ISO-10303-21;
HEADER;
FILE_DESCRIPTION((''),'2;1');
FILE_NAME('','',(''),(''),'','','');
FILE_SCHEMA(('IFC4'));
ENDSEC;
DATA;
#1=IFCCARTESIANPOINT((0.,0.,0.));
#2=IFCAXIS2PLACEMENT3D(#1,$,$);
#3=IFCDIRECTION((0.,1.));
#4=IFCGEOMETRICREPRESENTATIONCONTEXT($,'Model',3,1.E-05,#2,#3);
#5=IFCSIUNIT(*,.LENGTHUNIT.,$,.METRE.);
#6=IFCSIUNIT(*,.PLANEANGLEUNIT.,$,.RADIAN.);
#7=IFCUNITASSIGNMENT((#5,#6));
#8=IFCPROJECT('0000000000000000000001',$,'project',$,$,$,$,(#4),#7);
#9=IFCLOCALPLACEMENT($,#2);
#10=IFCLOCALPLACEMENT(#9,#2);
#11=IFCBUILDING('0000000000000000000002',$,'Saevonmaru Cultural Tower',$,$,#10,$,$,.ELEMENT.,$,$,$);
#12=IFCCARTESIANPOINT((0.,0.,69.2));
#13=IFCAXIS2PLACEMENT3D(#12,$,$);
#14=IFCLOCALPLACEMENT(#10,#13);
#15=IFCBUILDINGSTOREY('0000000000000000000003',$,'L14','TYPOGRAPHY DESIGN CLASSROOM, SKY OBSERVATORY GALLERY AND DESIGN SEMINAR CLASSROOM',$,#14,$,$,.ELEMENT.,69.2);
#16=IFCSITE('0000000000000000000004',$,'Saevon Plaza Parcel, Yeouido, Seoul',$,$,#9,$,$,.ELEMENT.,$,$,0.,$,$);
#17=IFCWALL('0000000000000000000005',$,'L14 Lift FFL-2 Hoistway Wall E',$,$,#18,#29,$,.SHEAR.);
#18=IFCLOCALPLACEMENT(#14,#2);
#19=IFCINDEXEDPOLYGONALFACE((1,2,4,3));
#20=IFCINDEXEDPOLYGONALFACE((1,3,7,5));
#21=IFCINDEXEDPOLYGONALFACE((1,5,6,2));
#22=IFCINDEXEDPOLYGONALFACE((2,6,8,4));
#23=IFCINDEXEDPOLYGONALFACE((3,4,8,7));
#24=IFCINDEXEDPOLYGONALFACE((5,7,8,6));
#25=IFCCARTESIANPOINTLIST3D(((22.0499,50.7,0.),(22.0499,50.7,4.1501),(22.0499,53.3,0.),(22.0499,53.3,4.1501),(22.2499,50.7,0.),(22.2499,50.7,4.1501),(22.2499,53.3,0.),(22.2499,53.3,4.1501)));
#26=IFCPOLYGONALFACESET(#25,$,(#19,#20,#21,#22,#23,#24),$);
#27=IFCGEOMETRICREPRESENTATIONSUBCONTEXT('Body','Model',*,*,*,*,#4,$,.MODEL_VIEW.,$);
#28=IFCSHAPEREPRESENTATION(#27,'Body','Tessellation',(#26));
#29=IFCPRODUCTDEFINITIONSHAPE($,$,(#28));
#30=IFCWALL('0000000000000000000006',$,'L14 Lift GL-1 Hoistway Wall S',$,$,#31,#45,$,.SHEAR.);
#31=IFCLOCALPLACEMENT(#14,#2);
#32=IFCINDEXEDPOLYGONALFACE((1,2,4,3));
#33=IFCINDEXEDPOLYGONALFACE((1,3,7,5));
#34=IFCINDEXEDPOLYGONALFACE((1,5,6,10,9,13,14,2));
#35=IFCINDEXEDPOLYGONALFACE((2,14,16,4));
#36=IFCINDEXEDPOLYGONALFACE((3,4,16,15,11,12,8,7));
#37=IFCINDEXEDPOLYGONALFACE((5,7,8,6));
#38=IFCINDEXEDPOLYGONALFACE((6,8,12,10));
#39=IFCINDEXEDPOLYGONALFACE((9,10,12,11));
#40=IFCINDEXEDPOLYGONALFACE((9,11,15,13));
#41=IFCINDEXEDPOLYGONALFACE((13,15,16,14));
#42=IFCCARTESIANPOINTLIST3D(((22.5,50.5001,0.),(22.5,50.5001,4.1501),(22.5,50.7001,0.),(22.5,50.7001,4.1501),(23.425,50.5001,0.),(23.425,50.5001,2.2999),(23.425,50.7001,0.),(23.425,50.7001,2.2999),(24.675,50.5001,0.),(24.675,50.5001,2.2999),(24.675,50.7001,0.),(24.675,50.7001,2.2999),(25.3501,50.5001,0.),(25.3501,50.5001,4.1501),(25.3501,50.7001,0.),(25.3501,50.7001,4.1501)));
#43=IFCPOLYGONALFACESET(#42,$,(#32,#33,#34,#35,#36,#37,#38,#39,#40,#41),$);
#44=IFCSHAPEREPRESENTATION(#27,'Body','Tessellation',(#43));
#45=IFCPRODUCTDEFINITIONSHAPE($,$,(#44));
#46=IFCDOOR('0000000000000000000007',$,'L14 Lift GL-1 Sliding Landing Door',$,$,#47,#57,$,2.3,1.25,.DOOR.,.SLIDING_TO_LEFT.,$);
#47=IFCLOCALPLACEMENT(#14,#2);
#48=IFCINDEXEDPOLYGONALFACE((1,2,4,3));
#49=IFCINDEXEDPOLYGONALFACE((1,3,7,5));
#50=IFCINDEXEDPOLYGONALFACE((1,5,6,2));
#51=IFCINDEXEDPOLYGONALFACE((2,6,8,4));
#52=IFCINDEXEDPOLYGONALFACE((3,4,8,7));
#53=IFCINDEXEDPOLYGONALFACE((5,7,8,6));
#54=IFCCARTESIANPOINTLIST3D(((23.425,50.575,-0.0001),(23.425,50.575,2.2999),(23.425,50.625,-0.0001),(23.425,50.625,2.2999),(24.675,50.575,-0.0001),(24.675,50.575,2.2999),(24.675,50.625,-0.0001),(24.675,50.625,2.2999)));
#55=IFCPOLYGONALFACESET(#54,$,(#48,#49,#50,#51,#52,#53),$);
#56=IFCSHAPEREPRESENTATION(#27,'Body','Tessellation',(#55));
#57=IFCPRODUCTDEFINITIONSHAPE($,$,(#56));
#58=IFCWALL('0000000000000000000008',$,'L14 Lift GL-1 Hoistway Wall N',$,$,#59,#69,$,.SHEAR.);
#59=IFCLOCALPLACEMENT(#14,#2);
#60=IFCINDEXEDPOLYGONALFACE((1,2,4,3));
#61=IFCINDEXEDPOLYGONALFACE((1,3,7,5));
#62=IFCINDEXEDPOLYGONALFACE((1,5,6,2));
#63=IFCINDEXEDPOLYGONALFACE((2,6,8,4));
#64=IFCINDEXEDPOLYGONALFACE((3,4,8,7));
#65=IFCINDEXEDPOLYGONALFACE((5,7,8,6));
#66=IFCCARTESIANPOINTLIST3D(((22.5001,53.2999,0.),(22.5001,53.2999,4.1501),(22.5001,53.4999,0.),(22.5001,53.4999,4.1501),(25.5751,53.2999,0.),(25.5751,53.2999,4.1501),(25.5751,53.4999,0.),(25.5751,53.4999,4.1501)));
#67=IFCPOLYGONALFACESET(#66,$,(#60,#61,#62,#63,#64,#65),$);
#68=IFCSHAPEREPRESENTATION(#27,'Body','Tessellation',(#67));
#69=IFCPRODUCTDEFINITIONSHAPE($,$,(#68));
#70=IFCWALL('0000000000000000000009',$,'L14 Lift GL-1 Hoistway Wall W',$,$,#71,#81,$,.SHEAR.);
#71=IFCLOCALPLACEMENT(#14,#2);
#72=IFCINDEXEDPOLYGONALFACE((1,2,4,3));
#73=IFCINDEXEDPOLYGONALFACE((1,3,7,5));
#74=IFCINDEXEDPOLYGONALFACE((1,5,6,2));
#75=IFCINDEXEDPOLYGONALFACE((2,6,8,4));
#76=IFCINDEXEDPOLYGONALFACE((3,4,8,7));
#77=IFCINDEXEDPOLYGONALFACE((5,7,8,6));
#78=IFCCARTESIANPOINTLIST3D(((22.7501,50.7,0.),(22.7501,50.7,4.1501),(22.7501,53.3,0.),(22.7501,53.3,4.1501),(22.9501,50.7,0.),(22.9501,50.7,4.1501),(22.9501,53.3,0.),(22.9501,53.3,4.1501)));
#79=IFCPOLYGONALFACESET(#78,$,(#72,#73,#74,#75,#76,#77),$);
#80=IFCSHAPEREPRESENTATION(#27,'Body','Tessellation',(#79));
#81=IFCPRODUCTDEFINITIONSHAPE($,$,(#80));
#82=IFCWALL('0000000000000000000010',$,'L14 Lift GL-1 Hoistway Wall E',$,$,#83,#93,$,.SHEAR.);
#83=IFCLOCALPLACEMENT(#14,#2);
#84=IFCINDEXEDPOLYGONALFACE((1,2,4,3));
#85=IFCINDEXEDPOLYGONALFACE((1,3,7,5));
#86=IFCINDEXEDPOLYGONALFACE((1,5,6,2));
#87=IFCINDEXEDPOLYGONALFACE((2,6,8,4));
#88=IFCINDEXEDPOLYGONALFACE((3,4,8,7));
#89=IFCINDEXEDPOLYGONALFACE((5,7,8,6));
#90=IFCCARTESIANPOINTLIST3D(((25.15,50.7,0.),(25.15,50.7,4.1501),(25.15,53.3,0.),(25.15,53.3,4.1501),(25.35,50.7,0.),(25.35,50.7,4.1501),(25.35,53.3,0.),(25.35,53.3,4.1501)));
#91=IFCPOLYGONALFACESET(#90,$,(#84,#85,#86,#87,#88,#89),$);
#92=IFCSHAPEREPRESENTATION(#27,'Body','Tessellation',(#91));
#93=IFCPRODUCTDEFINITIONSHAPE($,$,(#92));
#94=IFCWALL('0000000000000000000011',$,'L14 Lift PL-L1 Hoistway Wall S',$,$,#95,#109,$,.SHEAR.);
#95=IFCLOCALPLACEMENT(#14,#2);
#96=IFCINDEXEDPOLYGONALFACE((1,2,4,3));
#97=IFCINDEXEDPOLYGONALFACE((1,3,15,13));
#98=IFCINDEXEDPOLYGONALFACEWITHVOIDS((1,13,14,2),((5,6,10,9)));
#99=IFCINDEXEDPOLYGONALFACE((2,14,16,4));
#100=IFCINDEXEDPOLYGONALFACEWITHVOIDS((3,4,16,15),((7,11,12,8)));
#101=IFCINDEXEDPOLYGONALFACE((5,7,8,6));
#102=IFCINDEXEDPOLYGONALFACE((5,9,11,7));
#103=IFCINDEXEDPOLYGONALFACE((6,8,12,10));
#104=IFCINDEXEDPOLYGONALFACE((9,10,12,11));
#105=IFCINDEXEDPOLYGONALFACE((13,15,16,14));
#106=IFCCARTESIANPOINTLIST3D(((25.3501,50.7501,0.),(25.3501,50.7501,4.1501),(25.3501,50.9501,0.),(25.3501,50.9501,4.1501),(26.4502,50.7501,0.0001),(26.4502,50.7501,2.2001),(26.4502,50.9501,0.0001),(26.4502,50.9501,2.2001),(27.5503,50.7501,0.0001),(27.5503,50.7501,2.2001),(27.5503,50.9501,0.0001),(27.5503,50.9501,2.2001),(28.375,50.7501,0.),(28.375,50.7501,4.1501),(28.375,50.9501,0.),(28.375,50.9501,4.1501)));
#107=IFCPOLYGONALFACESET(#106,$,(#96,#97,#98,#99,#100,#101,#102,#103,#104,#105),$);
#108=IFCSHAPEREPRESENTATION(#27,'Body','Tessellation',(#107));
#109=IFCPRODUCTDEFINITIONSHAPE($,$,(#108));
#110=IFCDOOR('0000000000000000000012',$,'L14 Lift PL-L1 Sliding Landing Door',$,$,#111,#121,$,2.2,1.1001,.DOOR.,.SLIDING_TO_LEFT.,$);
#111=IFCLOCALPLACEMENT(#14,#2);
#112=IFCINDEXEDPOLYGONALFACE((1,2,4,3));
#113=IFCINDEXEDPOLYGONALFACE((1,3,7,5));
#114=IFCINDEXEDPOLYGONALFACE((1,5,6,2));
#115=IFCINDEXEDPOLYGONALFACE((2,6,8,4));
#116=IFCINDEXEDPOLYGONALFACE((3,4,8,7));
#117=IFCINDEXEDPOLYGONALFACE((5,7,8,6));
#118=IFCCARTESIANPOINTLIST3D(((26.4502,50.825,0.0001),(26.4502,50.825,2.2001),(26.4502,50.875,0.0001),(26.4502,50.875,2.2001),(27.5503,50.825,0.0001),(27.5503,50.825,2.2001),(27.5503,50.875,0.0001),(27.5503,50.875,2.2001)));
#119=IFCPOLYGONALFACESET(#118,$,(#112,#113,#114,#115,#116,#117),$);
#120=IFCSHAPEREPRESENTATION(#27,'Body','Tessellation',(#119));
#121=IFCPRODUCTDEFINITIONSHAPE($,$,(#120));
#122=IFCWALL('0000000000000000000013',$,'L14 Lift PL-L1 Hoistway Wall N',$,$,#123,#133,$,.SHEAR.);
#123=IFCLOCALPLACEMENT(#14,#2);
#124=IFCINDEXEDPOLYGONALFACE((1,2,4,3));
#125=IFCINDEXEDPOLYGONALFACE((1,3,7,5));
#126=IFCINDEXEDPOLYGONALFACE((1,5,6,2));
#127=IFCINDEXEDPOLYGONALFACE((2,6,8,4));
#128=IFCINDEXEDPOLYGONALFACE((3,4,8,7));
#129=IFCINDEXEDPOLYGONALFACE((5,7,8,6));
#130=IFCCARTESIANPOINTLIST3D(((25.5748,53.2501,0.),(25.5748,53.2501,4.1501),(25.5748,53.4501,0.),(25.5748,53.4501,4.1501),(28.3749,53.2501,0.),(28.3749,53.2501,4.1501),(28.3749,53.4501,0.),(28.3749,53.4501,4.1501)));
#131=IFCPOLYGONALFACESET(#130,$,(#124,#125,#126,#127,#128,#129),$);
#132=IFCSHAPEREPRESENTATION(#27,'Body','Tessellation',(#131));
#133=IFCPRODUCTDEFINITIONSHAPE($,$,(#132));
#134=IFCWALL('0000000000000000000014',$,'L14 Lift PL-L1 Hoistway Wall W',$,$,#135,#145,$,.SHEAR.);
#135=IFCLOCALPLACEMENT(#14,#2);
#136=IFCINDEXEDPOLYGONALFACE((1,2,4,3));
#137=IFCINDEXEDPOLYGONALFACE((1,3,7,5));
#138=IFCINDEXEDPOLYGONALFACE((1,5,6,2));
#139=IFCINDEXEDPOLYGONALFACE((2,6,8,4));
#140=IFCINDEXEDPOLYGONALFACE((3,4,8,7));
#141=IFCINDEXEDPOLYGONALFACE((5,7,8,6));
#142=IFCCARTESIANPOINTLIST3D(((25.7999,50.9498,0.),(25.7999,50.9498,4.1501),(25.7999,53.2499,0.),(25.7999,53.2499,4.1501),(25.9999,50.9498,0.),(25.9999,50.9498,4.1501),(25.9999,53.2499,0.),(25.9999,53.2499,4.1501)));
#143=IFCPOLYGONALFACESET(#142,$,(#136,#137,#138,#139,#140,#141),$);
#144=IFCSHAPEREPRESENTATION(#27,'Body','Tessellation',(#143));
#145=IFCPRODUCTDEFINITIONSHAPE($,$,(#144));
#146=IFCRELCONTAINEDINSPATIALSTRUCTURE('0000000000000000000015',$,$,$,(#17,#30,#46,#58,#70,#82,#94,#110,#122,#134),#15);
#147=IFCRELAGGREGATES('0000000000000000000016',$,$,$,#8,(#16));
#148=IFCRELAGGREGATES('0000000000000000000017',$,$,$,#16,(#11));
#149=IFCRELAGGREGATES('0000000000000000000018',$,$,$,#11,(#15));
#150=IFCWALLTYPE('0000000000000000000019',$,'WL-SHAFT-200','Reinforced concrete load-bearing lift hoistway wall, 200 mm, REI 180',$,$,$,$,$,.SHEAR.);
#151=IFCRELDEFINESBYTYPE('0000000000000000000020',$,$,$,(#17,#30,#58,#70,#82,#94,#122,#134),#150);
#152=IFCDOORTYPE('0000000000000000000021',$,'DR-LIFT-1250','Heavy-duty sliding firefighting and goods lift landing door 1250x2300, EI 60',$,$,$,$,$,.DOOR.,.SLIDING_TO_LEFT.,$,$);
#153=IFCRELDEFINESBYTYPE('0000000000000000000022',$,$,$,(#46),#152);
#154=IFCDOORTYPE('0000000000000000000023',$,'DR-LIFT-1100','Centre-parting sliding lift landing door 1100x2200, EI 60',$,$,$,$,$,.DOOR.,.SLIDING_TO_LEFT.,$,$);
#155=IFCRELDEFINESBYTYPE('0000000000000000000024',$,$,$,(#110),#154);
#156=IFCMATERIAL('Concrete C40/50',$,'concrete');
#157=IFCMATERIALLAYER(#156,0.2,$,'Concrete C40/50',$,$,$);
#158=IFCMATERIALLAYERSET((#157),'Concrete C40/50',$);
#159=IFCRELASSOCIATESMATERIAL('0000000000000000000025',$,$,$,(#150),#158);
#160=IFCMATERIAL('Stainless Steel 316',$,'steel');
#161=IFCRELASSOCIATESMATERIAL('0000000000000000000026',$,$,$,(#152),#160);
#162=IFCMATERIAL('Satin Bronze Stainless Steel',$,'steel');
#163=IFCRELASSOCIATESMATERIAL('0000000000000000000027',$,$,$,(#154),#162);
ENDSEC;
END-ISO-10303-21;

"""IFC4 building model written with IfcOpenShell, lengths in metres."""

from ifc_helpers import new_model, si_unit, direction, frame, frame_2d, origin, place, context, subcontext, project, spatial, rectangle, extrude, material, layer, layer_set, type_object, element, fill, save


model = new_model("IFC4")

# Units and contexts
model_context = context("Model", 3, precision=1e-05, world=origin(), true_north=direction((0.0, 1.0)))
body_context = subcontext(model_context, "Body", "Model", "MODEL_VIEW")
ifc_project = project(units=[si_unit("LENGTHUNIT", "METRE"), si_unit("PLANEANGLEUNIT", "RADIAN")], contexts=[model_context])

# Site, building, storey
site_placement = place(None, origin())
site = spatial("IfcSite", under=ifc_project, at=site_placement, Name="Saevon Plaza Parcel, Yeouido, Seoul", CompositionType="ELEMENT", RefElevation=0.0)
building_placement = place(site_placement, origin())
building = spatial("IfcBuilding", under=site, at=building_placement, Name="Saevonmaru Cultural Tower", CompositionType="ELEMENT")
storey_placement = place(building_placement, frame((0.0, 0.0, 69.2)))
storey = spatial("IfcBuildingStorey", under=building, at=storey_placement, Name="L14", Description="TYPOGRAPHY DESIGN CLASSROOM, SKY OBSERVATORY GALLERY AND DESIGN SEMINAR CLASSROOM", CompositionType="ELEMENT", Elevation=69.2)

# Wall
ifc_material_1 = material(Name="Concrete C40/50", Category="concrete")
ifc_layer_1 = layer(ifc_material_1, 0.2, Name="Concrete C40/50")
ifc_layer_set_1 = layer_set([ifc_layer_1], Name="Concrete C40/50")
wall_type_1 = type_object("IfcWallType", Name="WL-SHAFT-200", Description="Reinforced concrete load-bearing lift hoistway wall, 200 mm, REI 180", PredefinedType="SHEAR", material=ifc_layer_set_1)
for number, where, z_axis, x_axis, name in (
    (1, (22.1499, 50.7, 0.0), (0.0, 0.0, 1.0), (0.0, 1.0, 0.0), "L14 Lift FFL-2 Hoistway Wall E"),
):
    element("IfcWall", number, at=place(storey_placement, frame(where, z_axis=z_axis, x_axis=x_axis)), inside=storey, type_object=wall_type_1, Name=name, PredefinedType="SHEAR", context=body_context, shape_type="SweptSolid", body=[
        extrude(rectangle(XDim=2.6001, YDim=0.2, at=frame_2d((1.3, 0.0))), origin(), (0.0, 0.0, 1.0), 4.1501),
    ])

# Wall, opening, door
wall_1_placement = place(storey_placement, frame((22.5, 50.6001, 0.0), z_axis=(0.0, 0.0, 1.0), x_axis=(1.0, 0.0, 0.0)))
wall_1 = element("IfcWall", 2, at=wall_1_placement, inside=storey, type_object=wall_type_1, Name="L14 Lift GL-1 Hoistway Wall S", PredefinedType="SHEAR", context=body_context, shape_type="SweptSolid", body=[
    extrude(rectangle(XDim=2.8501, YDim=0.2, at=frame_2d((1.425, 0.0))), origin(), (0.0, 0.0, 1.0), 4.1501),
])
opening_1_placement = place(wall_1_placement, frame((0.925, 0.0, 0.0)))
opening_1 = element("IfcOpeningElement", 3, at=opening_1_placement, cuts=wall_1, PredefinedType="OPENING", context=body_context, shape_type="SweptSolid", body=[
    extrude(rectangle(XDim=1.25, YDim=2.3, at=frame_2d((0.625, 1.1499))), frame((0.0, 0.1099, 0.0), z_axis=(0.0, -1.0, 0.0), x_axis=(1.0, 0.0, 0.0)), (0.0, 0.0, 1.0), 0.22),
])
ifc_material_2 = material(Name="Stainless Steel 316", Category="steel")
door_type_1 = type_object("IfcDoorType", Name="DR-LIFT-1250", Description="Heavy-duty sliding firefighting and goods lift landing door 1250x2300, EI 60", OperationType="SLIDING_TO_LEFT", PredefinedType="DOOR", material=ifc_material_2)
door_1_placement = place(opening_1_placement, origin())
door_1 = element("IfcDoor", 4, at=door_1_placement, inside=storey, type_object=door_type_1, Name="L14 Lift GL-1 Sliding Landing Door", OperationType="SLIDING_TO_LEFT", OverallHeight=2.3, OverallWidth=1.25, PredefinedType="DOOR", context=body_context, shape_type="SweptSolid", body=[
    extrude(rectangle(XDim=1.25, YDim=2.3, at=frame_2d((0.625, 1.1499))), frame((0.0, 0.0249, 0.0), z_axis=(0.0, -1.0, 0.0), x_axis=(1.0, 0.0, 0.0)), (0.0, 0.0, 1.0), 0.05),
])
fill(opening_1, door_1)

# Walls
wall_2_placement = place(storey_placement, frame((22.5, 53.3999, 0.0), z_axis=(0.0, 0.0, 1.0), x_axis=(1.0, 0.0, 0.0)))
element("IfcWall", 5, at=wall_2_placement, inside=storey, type_object=wall_type_1, Name="L14 Lift GL-1 Hoistway Wall N", PredefinedType="SHEAR", context=body_context, shape_type="SweptSolid", body=[
    extrude(rectangle(XDim=3.075, YDim=0.2, at=frame_2d((1.5376, 0.0))), origin(), (0.0, 0.0, 1.0), 4.1501),
])
for number, where, z_axis, x_axis, name in (
    (6, (22.8501, 50.7, 0.0), (0.0, 0.0, 1.0), (0.0, 1.0, 0.0), "L14 Lift GL-1 Hoistway Wall W"),
    (7, (25.25, 50.7, 0.0), (0.0, 0.0, 1.0), (0.0, 1.0, 0.0), "L14 Lift GL-1 Hoistway Wall E"),
):
    element("IfcWall", number, at=place(storey_placement, frame(where, z_axis=z_axis, x_axis=x_axis)), inside=storey, type_object=wall_type_1, Name=name, PredefinedType="SHEAR", context=body_context, shape_type="SweptSolid", body=[
        extrude(rectangle(XDim=2.6001, YDim=0.2, at=frame_2d((1.3, 0.0))), origin(), (0.0, 0.0, 1.0), 4.1501),
    ])

# Wall, opening, door
wall_3_placement = place(storey_placement, frame((25.3501, 50.8501, 0.0), z_axis=(0.0, 0.0, 1.0), x_axis=(1.0, 0.0, 0.0)))
wall_3 = element("IfcWall", 8, at=wall_3_placement, inside=storey, type_object=wall_type_1, Name="L14 Lift PL-L1 Hoistway Wall S", PredefinedType="SHEAR", context=body_context, shape_type="SweptSolid", body=[
    extrude(rectangle(XDim=3.0249, YDim=0.2, at=frame_2d((1.5125, 0.0))), origin(), (0.0, 0.0, 1.0), 4.1501),
])
opening_2_placement = place(wall_3_placement, frame((1.1001, 0.0, 0.0)))
opening_2 = element("IfcOpeningElement", 9, at=opening_2_placement, cuts=wall_3, PredefinedType="OPENING", context=body_context, shape_type="SweptSolid", body=[
    extrude(rectangle(XDim=1.1001, YDim=2.2, at=frame_2d((0.55, 1.1001))), frame((0.0, 0.1099, 0.0), z_axis=(0.0, -1.0, 0.0), x_axis=(1.0, 0.0, 0.0)), (0.0, 0.0, 1.0), 0.22),
])
ifc_material_3 = material(Name="Satin Bronze Stainless Steel", Category="steel")
door_type_2 = type_object("IfcDoorType", Name="DR-LIFT-1100", Description="Centre-parting sliding lift landing door 1100x2200, EI 60", OperationType="SLIDING_TO_LEFT", PredefinedType="DOOR", material=ifc_material_3)
door_2_placement = place(opening_2_placement, origin())
door_2 = element("IfcDoor", 10, at=door_2_placement, inside=storey, type_object=door_type_2, Name="L14 Lift PL-L1 Sliding Landing Door", OperationType="SLIDING_TO_LEFT", OverallHeight=2.2, OverallWidth=1.1001, PredefinedType="DOOR", context=body_context, shape_type="SweptSolid", body=[
    extrude(rectangle(XDim=1.1001, YDim=2.2, at=frame_2d((0.55, 1.1001))), frame((0.0, 0.0249, 0.0), z_axis=(0.0, -1.0, 0.0), x_axis=(1.0, 0.0, 0.0)), (0.0, 0.0, 1.0), 0.05),
])
fill(opening_2, door_2)

# Walls
wall_4_placement = place(storey_placement, frame((25.575, 53.3501, 0.0), z_axis=(0.0, 0.0, 1.0), x_axis=(1.0, 0.0, 0.0)))
element("IfcWall", 11, at=wall_4_placement, inside=storey, type_object=wall_type_1, Name="L14 Lift PL-L1 Hoistway Wall N", PredefinedType="SHEAR", context=body_context, shape_type="SweptSolid", body=[
    extrude(rectangle(XDim=2.8, YDim=0.2, at=frame_2d((1.3999, 0.0))), origin(), (0.0, 0.0, 1.0), 4.1501),
])
wall_5_placement = place(storey_placement, frame((25.8999, 50.95, 0.0), z_axis=(0.0, 0.0, 1.0), x_axis=(0.0, 1.0, 0.0)))
element("IfcWall", 12, at=wall_5_placement, inside=storey, type_object=wall_type_1, Name="L14 Lift PL-L1 Hoistway Wall W", PredefinedType="SHEAR", context=body_context, shape_type="SweptSolid", body=[
    extrude(rectangle(XDim=2.3, YDim=0.2, at=frame_2d((1.1499, 0.0))), origin(), (0.0, 0.0, 1.0), 4.1501),
])

save(model, "model.ifc")
